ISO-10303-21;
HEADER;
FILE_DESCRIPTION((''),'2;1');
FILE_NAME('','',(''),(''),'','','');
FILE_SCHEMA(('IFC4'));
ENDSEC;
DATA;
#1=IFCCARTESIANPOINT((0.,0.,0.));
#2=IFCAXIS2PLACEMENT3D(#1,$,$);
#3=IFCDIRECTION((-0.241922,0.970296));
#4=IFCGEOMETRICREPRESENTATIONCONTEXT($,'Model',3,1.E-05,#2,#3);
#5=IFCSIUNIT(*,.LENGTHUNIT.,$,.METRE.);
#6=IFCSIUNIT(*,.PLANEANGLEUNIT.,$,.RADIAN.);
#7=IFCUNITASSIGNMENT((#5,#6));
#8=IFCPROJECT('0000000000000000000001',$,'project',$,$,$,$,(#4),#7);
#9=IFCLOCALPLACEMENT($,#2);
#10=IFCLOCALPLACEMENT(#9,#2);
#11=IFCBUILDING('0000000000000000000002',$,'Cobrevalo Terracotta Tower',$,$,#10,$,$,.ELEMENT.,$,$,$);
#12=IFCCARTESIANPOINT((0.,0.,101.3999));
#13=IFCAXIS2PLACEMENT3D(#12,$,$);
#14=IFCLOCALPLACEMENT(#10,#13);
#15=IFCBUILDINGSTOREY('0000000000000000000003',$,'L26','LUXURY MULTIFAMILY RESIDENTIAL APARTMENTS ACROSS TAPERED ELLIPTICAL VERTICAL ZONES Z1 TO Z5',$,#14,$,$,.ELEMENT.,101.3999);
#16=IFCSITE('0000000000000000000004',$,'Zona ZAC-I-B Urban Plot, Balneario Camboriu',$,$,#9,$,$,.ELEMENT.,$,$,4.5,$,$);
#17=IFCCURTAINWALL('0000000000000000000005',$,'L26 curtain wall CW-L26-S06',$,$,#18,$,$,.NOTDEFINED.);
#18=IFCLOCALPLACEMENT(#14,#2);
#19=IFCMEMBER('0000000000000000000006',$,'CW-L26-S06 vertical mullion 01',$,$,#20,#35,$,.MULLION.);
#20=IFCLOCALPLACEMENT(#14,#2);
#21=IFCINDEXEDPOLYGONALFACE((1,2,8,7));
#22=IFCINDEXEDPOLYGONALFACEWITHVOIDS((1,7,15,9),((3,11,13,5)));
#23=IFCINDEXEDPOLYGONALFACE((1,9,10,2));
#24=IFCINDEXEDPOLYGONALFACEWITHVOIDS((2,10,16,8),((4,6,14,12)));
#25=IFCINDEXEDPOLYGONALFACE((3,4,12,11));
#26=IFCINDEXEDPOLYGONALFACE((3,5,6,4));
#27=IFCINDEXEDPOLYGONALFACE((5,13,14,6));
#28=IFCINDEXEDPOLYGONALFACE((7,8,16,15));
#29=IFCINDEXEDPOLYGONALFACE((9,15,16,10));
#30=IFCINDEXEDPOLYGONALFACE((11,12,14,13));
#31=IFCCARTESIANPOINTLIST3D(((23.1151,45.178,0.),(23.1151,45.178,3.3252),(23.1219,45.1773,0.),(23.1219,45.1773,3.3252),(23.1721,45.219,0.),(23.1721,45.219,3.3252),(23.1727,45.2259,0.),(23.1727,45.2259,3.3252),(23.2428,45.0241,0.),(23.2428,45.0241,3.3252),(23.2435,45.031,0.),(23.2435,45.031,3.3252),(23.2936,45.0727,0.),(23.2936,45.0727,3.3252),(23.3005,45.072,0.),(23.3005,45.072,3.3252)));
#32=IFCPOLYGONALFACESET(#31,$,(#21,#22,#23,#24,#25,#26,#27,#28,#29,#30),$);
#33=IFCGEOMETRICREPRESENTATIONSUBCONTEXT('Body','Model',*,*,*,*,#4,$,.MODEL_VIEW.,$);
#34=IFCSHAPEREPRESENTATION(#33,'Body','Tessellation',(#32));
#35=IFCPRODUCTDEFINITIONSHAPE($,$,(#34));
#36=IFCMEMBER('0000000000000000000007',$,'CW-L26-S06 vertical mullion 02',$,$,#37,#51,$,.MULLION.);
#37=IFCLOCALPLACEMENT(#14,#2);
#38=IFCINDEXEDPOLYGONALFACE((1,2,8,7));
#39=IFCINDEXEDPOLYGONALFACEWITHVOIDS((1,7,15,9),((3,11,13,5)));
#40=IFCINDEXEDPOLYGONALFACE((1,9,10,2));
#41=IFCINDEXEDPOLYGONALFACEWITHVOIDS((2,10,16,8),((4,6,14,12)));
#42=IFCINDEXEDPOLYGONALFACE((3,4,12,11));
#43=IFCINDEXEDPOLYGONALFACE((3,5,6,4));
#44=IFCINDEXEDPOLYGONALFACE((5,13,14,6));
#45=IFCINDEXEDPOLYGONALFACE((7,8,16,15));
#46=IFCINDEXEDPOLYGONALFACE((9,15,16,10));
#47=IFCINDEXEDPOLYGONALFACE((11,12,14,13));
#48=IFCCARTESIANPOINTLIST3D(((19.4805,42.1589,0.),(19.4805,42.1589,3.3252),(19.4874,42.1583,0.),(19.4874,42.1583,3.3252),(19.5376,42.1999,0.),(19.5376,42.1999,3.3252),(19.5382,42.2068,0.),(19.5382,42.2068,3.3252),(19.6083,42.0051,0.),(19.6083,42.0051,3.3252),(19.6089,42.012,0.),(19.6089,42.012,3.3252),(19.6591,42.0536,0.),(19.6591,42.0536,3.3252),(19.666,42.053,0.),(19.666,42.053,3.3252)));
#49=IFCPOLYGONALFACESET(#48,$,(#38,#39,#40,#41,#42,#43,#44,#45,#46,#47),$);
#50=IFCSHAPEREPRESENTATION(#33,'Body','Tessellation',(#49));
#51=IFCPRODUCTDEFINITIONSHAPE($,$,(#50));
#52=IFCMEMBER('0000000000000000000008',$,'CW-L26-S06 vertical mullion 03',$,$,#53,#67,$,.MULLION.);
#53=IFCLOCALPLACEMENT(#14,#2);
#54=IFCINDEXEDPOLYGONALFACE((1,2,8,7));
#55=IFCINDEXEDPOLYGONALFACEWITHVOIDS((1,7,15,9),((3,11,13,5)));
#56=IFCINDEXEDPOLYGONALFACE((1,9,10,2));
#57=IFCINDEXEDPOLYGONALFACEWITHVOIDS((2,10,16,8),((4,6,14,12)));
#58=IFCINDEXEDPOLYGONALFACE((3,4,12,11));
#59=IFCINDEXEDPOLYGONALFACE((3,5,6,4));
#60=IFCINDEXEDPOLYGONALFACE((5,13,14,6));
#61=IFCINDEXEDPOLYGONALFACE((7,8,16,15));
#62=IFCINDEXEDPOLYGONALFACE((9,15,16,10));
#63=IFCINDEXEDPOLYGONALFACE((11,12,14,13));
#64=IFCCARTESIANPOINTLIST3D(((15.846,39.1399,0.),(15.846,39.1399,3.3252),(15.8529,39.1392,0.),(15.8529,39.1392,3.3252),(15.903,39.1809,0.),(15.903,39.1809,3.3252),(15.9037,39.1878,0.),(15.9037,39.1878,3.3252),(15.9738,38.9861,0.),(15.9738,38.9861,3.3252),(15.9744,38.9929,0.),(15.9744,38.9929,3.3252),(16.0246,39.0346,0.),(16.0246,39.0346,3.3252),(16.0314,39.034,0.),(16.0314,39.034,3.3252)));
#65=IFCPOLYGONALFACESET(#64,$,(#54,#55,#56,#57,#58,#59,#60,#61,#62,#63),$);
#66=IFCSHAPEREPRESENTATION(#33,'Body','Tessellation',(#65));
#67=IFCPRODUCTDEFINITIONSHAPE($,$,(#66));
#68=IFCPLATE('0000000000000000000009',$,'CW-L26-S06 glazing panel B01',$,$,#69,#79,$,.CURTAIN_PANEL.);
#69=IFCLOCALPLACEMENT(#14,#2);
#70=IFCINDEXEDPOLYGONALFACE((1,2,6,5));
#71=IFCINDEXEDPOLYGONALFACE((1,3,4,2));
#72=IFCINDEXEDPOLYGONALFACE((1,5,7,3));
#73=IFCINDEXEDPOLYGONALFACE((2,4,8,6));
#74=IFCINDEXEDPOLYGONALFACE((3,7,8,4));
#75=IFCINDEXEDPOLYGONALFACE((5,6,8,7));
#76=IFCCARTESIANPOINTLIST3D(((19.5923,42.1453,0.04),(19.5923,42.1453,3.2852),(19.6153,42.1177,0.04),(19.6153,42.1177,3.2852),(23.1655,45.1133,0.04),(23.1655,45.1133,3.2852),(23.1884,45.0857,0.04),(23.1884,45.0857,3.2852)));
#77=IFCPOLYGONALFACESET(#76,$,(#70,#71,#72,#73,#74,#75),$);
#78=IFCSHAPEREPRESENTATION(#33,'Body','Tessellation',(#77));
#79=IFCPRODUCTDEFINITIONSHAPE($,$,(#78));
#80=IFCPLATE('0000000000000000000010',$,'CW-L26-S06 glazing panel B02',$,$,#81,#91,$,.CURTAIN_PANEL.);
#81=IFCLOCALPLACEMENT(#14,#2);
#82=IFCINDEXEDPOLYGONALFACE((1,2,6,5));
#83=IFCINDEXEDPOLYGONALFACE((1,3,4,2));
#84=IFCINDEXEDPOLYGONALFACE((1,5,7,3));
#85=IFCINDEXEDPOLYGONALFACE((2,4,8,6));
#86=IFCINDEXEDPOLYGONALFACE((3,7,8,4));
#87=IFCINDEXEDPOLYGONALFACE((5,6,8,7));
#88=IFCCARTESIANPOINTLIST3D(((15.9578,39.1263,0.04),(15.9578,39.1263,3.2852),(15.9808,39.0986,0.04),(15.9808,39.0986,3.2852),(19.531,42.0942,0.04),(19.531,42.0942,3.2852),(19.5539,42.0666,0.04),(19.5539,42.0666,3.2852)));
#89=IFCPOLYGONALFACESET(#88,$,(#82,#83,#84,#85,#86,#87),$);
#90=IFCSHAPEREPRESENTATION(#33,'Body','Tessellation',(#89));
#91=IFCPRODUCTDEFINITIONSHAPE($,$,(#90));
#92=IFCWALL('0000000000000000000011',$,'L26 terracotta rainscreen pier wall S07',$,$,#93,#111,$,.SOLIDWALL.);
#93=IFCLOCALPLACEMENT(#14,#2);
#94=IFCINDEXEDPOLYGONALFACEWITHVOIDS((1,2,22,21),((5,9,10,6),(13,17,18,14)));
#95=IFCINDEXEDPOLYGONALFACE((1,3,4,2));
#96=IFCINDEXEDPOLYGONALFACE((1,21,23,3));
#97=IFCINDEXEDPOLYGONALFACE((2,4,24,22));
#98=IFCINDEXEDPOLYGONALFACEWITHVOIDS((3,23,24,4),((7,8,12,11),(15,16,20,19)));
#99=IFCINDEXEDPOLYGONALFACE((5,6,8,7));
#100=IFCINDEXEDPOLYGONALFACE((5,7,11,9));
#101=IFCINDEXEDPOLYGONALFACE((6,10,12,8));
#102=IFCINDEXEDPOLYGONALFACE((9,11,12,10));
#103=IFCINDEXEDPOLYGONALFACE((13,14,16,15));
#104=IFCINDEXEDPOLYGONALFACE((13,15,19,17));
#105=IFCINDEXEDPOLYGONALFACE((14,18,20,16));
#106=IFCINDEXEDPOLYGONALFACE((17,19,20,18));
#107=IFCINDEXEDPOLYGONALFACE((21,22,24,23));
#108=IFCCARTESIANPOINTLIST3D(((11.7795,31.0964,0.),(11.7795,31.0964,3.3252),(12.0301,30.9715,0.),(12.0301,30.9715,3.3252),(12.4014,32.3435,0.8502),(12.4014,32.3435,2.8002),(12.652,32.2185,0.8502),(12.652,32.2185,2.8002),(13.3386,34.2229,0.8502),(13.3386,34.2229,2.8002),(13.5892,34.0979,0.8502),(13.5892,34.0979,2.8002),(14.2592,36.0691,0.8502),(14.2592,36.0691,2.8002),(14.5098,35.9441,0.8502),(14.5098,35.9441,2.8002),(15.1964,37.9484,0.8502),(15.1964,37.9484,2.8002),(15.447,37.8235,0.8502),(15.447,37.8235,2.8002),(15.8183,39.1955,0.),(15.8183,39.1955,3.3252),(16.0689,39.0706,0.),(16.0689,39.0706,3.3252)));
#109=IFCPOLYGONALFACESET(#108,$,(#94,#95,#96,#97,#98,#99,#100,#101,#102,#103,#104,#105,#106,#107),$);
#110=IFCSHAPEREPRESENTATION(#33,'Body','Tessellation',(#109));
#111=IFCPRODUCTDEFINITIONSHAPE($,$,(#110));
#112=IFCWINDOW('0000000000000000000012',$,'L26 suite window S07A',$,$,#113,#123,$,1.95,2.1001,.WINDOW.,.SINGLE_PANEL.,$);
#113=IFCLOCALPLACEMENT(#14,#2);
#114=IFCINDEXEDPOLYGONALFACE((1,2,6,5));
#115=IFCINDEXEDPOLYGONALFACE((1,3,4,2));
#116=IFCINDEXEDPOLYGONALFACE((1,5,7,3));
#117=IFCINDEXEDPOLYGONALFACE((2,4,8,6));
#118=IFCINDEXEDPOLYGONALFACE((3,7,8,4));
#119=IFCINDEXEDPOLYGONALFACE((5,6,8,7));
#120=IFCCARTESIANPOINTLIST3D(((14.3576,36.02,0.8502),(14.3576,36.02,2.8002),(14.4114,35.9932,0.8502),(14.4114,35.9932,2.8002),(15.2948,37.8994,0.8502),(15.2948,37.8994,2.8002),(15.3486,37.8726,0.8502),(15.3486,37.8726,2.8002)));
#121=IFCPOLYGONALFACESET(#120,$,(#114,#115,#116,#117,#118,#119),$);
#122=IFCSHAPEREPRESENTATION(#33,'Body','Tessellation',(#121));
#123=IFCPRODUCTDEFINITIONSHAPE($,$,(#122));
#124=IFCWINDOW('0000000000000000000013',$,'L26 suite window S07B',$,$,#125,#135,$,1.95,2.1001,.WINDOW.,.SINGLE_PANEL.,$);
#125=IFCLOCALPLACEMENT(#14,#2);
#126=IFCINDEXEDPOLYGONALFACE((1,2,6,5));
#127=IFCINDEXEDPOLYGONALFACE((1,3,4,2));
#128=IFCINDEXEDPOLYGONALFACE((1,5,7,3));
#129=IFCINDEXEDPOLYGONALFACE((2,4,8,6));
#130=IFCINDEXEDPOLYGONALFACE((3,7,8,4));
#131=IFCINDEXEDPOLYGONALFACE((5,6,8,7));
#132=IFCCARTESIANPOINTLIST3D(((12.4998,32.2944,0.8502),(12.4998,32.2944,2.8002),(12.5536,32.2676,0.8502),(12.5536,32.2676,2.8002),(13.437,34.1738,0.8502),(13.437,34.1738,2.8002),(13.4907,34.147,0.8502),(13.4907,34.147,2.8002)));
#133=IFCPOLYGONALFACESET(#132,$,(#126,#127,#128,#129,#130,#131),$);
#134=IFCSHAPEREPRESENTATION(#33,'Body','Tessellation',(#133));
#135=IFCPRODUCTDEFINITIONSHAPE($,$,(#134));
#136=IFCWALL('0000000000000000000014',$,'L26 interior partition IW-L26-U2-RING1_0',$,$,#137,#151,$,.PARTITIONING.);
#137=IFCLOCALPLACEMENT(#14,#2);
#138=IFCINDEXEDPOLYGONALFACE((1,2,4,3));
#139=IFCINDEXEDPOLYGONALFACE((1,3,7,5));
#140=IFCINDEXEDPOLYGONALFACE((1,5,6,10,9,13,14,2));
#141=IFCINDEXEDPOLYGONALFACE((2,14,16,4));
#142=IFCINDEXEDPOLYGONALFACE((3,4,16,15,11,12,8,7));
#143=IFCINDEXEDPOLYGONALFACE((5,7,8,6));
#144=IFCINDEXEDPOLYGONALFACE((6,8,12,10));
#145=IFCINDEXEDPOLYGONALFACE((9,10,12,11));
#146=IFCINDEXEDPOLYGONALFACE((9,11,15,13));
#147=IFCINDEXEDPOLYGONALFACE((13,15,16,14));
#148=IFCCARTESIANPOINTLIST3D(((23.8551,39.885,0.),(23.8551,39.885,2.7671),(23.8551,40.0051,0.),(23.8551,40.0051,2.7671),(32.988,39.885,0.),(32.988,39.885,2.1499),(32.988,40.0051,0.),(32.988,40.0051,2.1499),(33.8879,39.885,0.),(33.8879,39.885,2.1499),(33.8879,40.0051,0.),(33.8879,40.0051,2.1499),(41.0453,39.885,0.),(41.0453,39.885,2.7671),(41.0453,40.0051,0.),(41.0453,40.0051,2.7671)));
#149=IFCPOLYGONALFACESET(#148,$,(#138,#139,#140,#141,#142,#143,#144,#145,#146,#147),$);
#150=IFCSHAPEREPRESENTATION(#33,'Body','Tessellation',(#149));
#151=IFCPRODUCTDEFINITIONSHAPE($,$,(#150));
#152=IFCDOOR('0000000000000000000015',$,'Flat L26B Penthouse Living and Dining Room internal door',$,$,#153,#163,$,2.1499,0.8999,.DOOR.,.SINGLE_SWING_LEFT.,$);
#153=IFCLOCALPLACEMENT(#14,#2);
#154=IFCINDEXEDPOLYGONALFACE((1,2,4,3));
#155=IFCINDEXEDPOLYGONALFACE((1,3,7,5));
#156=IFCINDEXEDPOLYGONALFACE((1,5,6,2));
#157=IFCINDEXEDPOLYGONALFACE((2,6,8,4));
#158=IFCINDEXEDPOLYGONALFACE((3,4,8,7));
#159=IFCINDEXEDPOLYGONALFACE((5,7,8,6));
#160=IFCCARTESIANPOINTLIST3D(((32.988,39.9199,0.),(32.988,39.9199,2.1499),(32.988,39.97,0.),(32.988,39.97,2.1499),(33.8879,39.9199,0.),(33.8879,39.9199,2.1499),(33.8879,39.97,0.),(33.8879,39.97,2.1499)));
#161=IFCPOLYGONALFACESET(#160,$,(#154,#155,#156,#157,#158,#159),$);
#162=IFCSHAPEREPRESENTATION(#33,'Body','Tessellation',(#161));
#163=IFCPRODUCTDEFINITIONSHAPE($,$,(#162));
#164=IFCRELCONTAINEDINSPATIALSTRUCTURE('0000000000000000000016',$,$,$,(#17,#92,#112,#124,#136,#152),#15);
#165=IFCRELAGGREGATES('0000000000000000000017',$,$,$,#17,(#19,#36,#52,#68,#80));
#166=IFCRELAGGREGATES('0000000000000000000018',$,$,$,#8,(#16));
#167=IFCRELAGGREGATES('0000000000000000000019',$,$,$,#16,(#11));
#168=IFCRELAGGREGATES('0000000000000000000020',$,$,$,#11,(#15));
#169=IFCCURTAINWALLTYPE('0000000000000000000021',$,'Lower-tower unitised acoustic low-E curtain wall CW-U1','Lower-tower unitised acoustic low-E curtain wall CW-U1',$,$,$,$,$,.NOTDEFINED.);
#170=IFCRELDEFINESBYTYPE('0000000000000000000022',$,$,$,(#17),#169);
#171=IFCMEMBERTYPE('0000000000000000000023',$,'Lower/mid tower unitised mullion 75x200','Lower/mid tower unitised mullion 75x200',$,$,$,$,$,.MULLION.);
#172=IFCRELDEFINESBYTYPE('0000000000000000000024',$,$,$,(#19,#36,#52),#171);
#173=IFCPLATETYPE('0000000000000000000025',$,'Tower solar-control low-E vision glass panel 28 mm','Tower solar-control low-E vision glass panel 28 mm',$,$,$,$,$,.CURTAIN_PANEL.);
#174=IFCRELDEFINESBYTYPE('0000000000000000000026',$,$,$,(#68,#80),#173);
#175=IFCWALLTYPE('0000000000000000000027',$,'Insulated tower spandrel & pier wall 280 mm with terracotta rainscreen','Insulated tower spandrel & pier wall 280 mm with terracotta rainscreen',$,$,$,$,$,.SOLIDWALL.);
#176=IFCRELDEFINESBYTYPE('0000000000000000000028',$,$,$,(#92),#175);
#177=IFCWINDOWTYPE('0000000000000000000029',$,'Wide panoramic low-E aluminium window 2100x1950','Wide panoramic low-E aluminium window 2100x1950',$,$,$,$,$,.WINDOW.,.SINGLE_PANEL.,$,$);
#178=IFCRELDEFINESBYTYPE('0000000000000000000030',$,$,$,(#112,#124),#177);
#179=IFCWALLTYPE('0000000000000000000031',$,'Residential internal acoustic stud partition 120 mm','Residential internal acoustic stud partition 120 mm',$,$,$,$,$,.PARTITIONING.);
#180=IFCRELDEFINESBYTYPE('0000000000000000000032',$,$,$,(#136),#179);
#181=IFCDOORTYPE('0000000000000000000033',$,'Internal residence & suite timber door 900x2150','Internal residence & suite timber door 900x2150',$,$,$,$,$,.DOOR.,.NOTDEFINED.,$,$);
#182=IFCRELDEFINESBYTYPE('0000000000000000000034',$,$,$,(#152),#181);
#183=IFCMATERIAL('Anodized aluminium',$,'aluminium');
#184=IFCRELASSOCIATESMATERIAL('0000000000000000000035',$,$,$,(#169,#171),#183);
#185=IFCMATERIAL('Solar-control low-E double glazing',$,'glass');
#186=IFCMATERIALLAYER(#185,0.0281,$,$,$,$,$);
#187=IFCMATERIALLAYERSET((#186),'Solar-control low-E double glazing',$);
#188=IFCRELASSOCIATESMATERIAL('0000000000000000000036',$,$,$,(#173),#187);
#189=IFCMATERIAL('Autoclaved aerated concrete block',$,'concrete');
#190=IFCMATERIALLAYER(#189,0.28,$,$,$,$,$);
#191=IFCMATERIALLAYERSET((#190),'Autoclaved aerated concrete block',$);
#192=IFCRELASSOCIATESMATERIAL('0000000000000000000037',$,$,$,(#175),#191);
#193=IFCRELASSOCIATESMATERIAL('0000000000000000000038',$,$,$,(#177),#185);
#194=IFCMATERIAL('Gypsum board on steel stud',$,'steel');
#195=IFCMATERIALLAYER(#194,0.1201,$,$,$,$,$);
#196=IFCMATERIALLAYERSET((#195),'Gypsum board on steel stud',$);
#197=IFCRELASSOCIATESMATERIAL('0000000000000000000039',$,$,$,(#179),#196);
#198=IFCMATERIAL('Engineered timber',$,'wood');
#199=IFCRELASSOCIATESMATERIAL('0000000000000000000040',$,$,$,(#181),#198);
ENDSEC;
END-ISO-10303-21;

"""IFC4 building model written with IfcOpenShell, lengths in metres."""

from ifc_helpers import new_model, si_unit, direction, frame, frame_2d, origin, origin_2d, place, context, subcontext, project, spatial, rectangle, hollow_rectangle, extrude, source, transform, mapped, material, layer, layer_set, material_profile, profile_set, type_object, element, fill, aggregate, save


model = new_model("IFC4")

# Units and contexts
model_context = context("Model", 3, precision=1e-05, world=origin(), true_north=direction((-0.241922, 0.970296)))
body_context = subcontext(model_context, "Body", "Model", "MODEL_VIEW")
ifc_project = project(units=[si_unit("LENGTHUNIT", "METRE"), si_unit("PLANEANGLEUNIT", "RADIAN")], contexts=[model_context])

# Site, building, storey
site_placement = place(None, origin())
site = spatial("IfcSite", under=ifc_project, at=site_placement, Name="Zona ZAC-I-B Urban Plot, Balneario Camboriu", CompositionType="ELEMENT", RefElevation=4.5)
building_placement = place(site_placement, origin())
building = spatial("IfcBuilding", under=site, at=building_placement, Name="Cobrevalo Terracotta Tower", CompositionType="ELEMENT")
storey_placement = place(building_placement, frame((0.0, 0.0, 101.3999)))
storey = spatial("IfcBuildingStorey", under=building, at=storey_placement, Name="L26", Description="LUXURY MULTIFAMILY RESIDENTIAL APARTMENTS ACROSS TAPERED ELLIPTICAL VERTICAL ZONES Z1 TO Z5", CompositionType="ELEMENT", Elevation=101.3999)

# Curtain wall
ifc_material_1 = material(Name="Anodized aluminium", Category="aluminium")
curtain_wall_type = type_object("IfcCurtainWallType", Name="Lower-tower unitised acoustic low-E curtain wall CW-U1", Description="Lower-tower unitised acoustic low-E curtain wall CW-U1", PredefinedType="NOTDEFINED", material=ifc_material_1)
curtain_wall_1_placement = place(storey_placement, origin())
curtain_wall_1 = element("IfcCurtainWall", 1, at=curtain_wall_1_placement, inside=storey, type_object=curtain_wall_type, Name="L26 curtain wall CW-L26-S06", PredefinedType="NOTDEFINED")

# Shared definitions
ifc_material_profile_1 = material_profile(ifc_material_1, hollow_rectangle(XDim=0.075, YDim=0.2, WallThickness=0.0049, at=origin_2d()), Name="CWM 75x200")
ifc_profile_set_1 = profile_set([ifc_material_profile_1], Name="Anodized aluminium")
member_type_1 = type_object("IfcMemberType", Name="Lower/mid tower unitised mullion 75x200", Description="Lower/mid tower unitised mullion 75x200", PredefinedType="MULLION", material=ifc_profile_set_1)
shared_shape_1 = source(origin(), body_context, "Body", "SweptSolid", [
    extrude(hollow_rectangle(XDim=0.075, YDim=0.2, WallThickness=0.0049, at=origin_2d()), origin(), (0.0, 0.0, 1.0), 3.3252),
])

# Members
member_1_placement = place(storey_placement, frame((23.2078, 45.125, 0.0), z_axis=(0.0, 0.0, 1.0), x_axis=(-0.769243, -0.638956, 0.0)))
member_1 = element("IfcMember", 2, at=member_1_placement, type_object=member_type_1, Name="CW-L26-S06 vertical mullion 01", PredefinedType="MULLION", context=body_context, shape_type="MappedRepresentation", body=[
    mapped(shared_shape_1, transform((0.0, 0.0, 0.0), scale=1.0)),
])
member_2_placement = place(storey_placement, frame((19.5732, 42.106, 0.0), z_axis=(0.0, 0.0, 1.0), x_axis=(-0.769243, -0.638956, 0.0)))
member_2 = element("IfcMember", 3, at=member_2_placement, type_object=member_type_1, Name="CW-L26-S06 vertical mullion 02", PredefinedType="MULLION", context=body_context, shape_type="MappedRepresentation", body=[
    mapped(shared_shape_1, transform((0.0, 0.0, 0.0), scale=1.0)),
])
member_3_placement = place(storey_placement, frame((15.9387, 39.0869, 0.0), z_axis=(0.0, 0.0, 1.0), x_axis=(-0.769243, -0.638956, 0.0)))
member_3 = element("IfcMember", 4, at=member_3_placement, type_object=member_type_1, Name="CW-L26-S06 vertical mullion 03", PredefinedType="MULLION", context=body_context, shape_type="MappedRepresentation", body=[
    mapped(shared_shape_1, transform((0.0, 0.0, 0.0), scale=1.0)),
])

# Plates
ifc_material_2 = material(Name="Solar-control low-E double glazing", Category="glass")
ifc_layer_1 = layer(ifc_material_2, 0.0281)
ifc_layer_set_1 = layer_set([ifc_layer_1], Name="Solar-control low-E double glazing")
plate_type = type_object("IfcPlateType", Name="Tower solar-control low-E vision glass panel 28 mm", Description="Tower solar-control low-E vision glass panel 28 mm", PredefinedType="CURTAIN_PANEL", material=ifc_layer_set_1)
shared_shape_2 = source(origin(), body_context, "Body", "SweptSolid", [
    extrude(rectangle(XDim=4.645, YDim=0.0359, at=origin_2d()), origin(), (0.0, 0.0, 1.0), 3.2451),
])
plate_1_placement = place(storey_placement, frame((21.3904, 43.6155, 0.04), z_axis=(0.0, 0.0, 1.0), x_axis=(-0.769241, -0.638958, 0.0)))
plate_1 = element("IfcPlate", 5, at=plate_1_placement, type_object=plate_type, Name="CW-L26-S06 glazing panel B01", PredefinedType="CURTAIN_PANEL", context=body_context, shape_type="MappedRepresentation", body=[
    mapped(shared_shape_2, transform((0.0, 0.0, 0.0), scale=1.0)),
])
plate_2_placement = place(storey_placement, frame((17.7559, 40.5964, 0.04), z_axis=(0.0, 0.0, 1.0), x_axis=(-0.769241, -0.638958, 0.0)))
plate_2 = element("IfcPlate", 6, at=plate_2_placement, type_object=plate_type, Name="CW-L26-S06 glazing panel B02", PredefinedType="CURTAIN_PANEL", context=body_context, shape_type="MappedRepresentation", body=[
    mapped(shared_shape_2, transform((0.0, 0.0, 0.0), scale=1.0)),
])
aggregate(curtain_wall_1, [member_1, member_2, member_3, plate_1, plate_2])

# Wall, openings, windows
ifc_material_3 = material(Name="Autoclaved aerated concrete block", Category="concrete")
ifc_layer_2 = layer(ifc_material_3, 0.28)
ifc_layer_set_2 = layer_set([ifc_layer_2], Name="Autoclaved aerated concrete block")
wall_type_1 = type_object("IfcWallType", Name="Insulated tower spandrel & pier wall 280 mm with terracotta rainscreen", Description="Insulated tower spandrel & pier wall 280 mm with terracotta rainscreen", PredefinedType="SOLIDWALL", material=ifc_layer_set_2)
wall_1_placement = place(storey_placement, frame((15.9436, 39.1331, 0.0), z_axis=(0.0, 0.0, 1.0), x_axis=(-0.446264, -0.894901, 0.0)))
wall_1 = element("IfcWall", 7, at=wall_1_placement, inside=storey, type_object=wall_type_1, Name="L26 terracotta rainscreen pier wall S07", PredefinedType="SOLIDWALL", context=body_context, shape_type="SweptSolid", body=[
    extrude(rectangle(XDim=9.0503, YDim=0.28, at=frame_2d((4.5251, 0.0))), origin(), (0.0, 0.0, 1.0), 3.3252),
])
opening_1_placement = place(wall_1_placement, frame((1.3936, 0.0, 0.8501)))
opening_1 = element("IfcOpeningElement", 8, at=opening_1_placement, cuts=wall_1, PredefinedType="OPENING", context=body_context, shape_type="SweptSolid", body=[
    extrude(rectangle(XDim=2.1001, YDim=1.95, at=frame_2d((1.05, 0.9751))), frame((0.0, 0.1499, 0.0), z_axis=(0.0, -1.0, 0.0), x_axis=(1.0, 0.0, 0.0)), (0.0, 0.0, 1.0), 0.3),
])
opening_2_placement = place(wall_1_placement, frame((5.5566, 0.0, 0.8501)))
opening_2 = element("IfcOpeningElement", 9, at=opening_2_placement, cuts=wall_1, PredefinedType="OPENING", context=body_context, shape_type="SweptSolid", body=[
    extrude(rectangle(XDim=2.1001, YDim=1.95, at=frame_2d((1.05, 0.9751))), frame((0.0, 0.1499, 0.0), z_axis=(0.0, -1.0, 0.0), x_axis=(1.0, 0.0, 0.0)), (0.0, 0.0, 1.0), 0.3),
])
window_type = type_object("IfcWindowType", Name="Wide panoramic low-E aluminium window 2100x1950", Description="Wide panoramic low-E aluminium window 2100x1950", PartitioningType="SINGLE_PANEL", PredefinedType="WINDOW", material=ifc_material_2)
shared_shape_3 = source(origin(), body_context, "Body", "SweptSolid", [
    extrude(rectangle(XDim=2.1001, YDim=1.95, at=frame_2d((1.05, 0.9751))), frame((0.0, 0.03, 0.0), z_axis=(0.0, -1.0, 0.0), x_axis=(1.0, 0.0, 0.0)), (0.0, 0.0, 1.0), 0.0601),
])
window_1_placement = place(opening_1_placement, origin())
window_1 = element("IfcWindow", 10, at=window_1_placement, inside=storey, type_object=window_type, Name="L26 suite window S07A", OverallHeight=1.95, OverallWidth=2.1001, PartitioningType="SINGLE_PANEL", PredefinedType="WINDOW", context=body_context, shape_type="MappedRepresentation", body=[
    mapped(shared_shape_3, transform((0.0, 0.0, 0.0), scale=1.0)),
])
fill(opening_1, window_1)
window_2_placement = place(opening_2_placement, origin())
window_2 = element("IfcWindow", 11, at=window_2_placement, inside=storey, type_object=window_type, Name="L26 suite window S07B", OverallHeight=1.95, OverallWidth=2.1001, PartitioningType="SINGLE_PANEL", PredefinedType="WINDOW", context=body_context, shape_type="MappedRepresentation", body=[
    mapped(shared_shape_3, transform((0.0, 0.0, 0.0), scale=1.0)),
])
fill(opening_2, window_2)

# Wall, opening, door
ifc_material_4 = material(Name="Gypsum board on steel stud", Category="steel")
ifc_layer_3 = layer(ifc_material_4, 0.1201)
ifc_layer_set_3 = layer_set([ifc_layer_3], Name="Gypsum board on steel stud")
wall_type_2 = type_object("IfcWallType", Name="Residential internal acoustic stud partition 120 mm", Description="Residential internal acoustic stud partition 120 mm", PredefinedType="PARTITIONING", material=ifc_layer_set_3)
wall_2_placement = place(storey_placement, frame((23.855, 39.9451, 0.0), z_axis=(0.0, 0.0, 1.0), x_axis=(1.0, 0.0, 0.0)))
wall_2 = element("IfcWall", 12, at=wall_2_placement, inside=storey, type_object=wall_type_2, Name="L26 interior partition IW-L26-U2-RING1_0", PredefinedType="PARTITIONING", context=body_context, shape_type="SweptSolid", body=[
    extrude(rectangle(XDim=17.1902, YDim=0.1201, at=frame_2d((8.5952, 0.0))), origin(), (0.0, 0.0, 1.0), 2.7671),
])
opening_3_placement = place(wall_2_placement, frame((9.1331, 0.0, 0.0)))
opening_3 = element("IfcOpeningElement", 13, at=opening_3_placement, cuts=wall_2, PredefinedType="OPENING", context=body_context, shape_type="SweptSolid", body=[
    extrude(rectangle(XDim=0.8999, YDim=2.1499, at=frame_2d((0.45, 1.075))), frame((0.0, 0.0701, 0.0), z_axis=(0.0, -1.0, 0.0), x_axis=(1.0, 0.0, 0.0)), (0.0, 0.0, 1.0), 0.1401),
])
ifc_material_5 = material(Name="Engineered timber", Category="wood")
door_type = type_object("IfcDoorType", Name="Internal residence & suite timber door 900x2150", Description="Internal residence & suite timber door 900x2150", OperationType="NOTDEFINED", PredefinedType="DOOR", material=ifc_material_5)
shared_shape_4 = source(origin(), body_context, "Body", "SweptSolid", [
    extrude(rectangle(XDim=0.8999, YDim=2.1499, at=frame_2d((0.45, 1.075))), frame((0.0, 0.0249, 0.0), z_axis=(0.0, -1.0, 0.0), x_axis=(1.0, 0.0, 0.0)), (0.0, 0.0, 1.0), 0.05),
])
door_placement = place(opening_3_placement, origin())
door = element("IfcDoor", 14, at=door_placement, inside=storey, type_object=door_type, Name="Flat L26B Penthouse Living and Dining Room internal door", OperationType="SINGLE_SWING_LEFT", OverallHeight=2.1499, OverallWidth=0.8999, PredefinedType="DOOR", context=body_context, shape_type="MappedRepresentation", body=[
    mapped(shared_shape_4, transform((0.0, 0.0, 0.0), scale=1.0)),
])
fill(opening_3, door)

save(model, "model.ifc")
